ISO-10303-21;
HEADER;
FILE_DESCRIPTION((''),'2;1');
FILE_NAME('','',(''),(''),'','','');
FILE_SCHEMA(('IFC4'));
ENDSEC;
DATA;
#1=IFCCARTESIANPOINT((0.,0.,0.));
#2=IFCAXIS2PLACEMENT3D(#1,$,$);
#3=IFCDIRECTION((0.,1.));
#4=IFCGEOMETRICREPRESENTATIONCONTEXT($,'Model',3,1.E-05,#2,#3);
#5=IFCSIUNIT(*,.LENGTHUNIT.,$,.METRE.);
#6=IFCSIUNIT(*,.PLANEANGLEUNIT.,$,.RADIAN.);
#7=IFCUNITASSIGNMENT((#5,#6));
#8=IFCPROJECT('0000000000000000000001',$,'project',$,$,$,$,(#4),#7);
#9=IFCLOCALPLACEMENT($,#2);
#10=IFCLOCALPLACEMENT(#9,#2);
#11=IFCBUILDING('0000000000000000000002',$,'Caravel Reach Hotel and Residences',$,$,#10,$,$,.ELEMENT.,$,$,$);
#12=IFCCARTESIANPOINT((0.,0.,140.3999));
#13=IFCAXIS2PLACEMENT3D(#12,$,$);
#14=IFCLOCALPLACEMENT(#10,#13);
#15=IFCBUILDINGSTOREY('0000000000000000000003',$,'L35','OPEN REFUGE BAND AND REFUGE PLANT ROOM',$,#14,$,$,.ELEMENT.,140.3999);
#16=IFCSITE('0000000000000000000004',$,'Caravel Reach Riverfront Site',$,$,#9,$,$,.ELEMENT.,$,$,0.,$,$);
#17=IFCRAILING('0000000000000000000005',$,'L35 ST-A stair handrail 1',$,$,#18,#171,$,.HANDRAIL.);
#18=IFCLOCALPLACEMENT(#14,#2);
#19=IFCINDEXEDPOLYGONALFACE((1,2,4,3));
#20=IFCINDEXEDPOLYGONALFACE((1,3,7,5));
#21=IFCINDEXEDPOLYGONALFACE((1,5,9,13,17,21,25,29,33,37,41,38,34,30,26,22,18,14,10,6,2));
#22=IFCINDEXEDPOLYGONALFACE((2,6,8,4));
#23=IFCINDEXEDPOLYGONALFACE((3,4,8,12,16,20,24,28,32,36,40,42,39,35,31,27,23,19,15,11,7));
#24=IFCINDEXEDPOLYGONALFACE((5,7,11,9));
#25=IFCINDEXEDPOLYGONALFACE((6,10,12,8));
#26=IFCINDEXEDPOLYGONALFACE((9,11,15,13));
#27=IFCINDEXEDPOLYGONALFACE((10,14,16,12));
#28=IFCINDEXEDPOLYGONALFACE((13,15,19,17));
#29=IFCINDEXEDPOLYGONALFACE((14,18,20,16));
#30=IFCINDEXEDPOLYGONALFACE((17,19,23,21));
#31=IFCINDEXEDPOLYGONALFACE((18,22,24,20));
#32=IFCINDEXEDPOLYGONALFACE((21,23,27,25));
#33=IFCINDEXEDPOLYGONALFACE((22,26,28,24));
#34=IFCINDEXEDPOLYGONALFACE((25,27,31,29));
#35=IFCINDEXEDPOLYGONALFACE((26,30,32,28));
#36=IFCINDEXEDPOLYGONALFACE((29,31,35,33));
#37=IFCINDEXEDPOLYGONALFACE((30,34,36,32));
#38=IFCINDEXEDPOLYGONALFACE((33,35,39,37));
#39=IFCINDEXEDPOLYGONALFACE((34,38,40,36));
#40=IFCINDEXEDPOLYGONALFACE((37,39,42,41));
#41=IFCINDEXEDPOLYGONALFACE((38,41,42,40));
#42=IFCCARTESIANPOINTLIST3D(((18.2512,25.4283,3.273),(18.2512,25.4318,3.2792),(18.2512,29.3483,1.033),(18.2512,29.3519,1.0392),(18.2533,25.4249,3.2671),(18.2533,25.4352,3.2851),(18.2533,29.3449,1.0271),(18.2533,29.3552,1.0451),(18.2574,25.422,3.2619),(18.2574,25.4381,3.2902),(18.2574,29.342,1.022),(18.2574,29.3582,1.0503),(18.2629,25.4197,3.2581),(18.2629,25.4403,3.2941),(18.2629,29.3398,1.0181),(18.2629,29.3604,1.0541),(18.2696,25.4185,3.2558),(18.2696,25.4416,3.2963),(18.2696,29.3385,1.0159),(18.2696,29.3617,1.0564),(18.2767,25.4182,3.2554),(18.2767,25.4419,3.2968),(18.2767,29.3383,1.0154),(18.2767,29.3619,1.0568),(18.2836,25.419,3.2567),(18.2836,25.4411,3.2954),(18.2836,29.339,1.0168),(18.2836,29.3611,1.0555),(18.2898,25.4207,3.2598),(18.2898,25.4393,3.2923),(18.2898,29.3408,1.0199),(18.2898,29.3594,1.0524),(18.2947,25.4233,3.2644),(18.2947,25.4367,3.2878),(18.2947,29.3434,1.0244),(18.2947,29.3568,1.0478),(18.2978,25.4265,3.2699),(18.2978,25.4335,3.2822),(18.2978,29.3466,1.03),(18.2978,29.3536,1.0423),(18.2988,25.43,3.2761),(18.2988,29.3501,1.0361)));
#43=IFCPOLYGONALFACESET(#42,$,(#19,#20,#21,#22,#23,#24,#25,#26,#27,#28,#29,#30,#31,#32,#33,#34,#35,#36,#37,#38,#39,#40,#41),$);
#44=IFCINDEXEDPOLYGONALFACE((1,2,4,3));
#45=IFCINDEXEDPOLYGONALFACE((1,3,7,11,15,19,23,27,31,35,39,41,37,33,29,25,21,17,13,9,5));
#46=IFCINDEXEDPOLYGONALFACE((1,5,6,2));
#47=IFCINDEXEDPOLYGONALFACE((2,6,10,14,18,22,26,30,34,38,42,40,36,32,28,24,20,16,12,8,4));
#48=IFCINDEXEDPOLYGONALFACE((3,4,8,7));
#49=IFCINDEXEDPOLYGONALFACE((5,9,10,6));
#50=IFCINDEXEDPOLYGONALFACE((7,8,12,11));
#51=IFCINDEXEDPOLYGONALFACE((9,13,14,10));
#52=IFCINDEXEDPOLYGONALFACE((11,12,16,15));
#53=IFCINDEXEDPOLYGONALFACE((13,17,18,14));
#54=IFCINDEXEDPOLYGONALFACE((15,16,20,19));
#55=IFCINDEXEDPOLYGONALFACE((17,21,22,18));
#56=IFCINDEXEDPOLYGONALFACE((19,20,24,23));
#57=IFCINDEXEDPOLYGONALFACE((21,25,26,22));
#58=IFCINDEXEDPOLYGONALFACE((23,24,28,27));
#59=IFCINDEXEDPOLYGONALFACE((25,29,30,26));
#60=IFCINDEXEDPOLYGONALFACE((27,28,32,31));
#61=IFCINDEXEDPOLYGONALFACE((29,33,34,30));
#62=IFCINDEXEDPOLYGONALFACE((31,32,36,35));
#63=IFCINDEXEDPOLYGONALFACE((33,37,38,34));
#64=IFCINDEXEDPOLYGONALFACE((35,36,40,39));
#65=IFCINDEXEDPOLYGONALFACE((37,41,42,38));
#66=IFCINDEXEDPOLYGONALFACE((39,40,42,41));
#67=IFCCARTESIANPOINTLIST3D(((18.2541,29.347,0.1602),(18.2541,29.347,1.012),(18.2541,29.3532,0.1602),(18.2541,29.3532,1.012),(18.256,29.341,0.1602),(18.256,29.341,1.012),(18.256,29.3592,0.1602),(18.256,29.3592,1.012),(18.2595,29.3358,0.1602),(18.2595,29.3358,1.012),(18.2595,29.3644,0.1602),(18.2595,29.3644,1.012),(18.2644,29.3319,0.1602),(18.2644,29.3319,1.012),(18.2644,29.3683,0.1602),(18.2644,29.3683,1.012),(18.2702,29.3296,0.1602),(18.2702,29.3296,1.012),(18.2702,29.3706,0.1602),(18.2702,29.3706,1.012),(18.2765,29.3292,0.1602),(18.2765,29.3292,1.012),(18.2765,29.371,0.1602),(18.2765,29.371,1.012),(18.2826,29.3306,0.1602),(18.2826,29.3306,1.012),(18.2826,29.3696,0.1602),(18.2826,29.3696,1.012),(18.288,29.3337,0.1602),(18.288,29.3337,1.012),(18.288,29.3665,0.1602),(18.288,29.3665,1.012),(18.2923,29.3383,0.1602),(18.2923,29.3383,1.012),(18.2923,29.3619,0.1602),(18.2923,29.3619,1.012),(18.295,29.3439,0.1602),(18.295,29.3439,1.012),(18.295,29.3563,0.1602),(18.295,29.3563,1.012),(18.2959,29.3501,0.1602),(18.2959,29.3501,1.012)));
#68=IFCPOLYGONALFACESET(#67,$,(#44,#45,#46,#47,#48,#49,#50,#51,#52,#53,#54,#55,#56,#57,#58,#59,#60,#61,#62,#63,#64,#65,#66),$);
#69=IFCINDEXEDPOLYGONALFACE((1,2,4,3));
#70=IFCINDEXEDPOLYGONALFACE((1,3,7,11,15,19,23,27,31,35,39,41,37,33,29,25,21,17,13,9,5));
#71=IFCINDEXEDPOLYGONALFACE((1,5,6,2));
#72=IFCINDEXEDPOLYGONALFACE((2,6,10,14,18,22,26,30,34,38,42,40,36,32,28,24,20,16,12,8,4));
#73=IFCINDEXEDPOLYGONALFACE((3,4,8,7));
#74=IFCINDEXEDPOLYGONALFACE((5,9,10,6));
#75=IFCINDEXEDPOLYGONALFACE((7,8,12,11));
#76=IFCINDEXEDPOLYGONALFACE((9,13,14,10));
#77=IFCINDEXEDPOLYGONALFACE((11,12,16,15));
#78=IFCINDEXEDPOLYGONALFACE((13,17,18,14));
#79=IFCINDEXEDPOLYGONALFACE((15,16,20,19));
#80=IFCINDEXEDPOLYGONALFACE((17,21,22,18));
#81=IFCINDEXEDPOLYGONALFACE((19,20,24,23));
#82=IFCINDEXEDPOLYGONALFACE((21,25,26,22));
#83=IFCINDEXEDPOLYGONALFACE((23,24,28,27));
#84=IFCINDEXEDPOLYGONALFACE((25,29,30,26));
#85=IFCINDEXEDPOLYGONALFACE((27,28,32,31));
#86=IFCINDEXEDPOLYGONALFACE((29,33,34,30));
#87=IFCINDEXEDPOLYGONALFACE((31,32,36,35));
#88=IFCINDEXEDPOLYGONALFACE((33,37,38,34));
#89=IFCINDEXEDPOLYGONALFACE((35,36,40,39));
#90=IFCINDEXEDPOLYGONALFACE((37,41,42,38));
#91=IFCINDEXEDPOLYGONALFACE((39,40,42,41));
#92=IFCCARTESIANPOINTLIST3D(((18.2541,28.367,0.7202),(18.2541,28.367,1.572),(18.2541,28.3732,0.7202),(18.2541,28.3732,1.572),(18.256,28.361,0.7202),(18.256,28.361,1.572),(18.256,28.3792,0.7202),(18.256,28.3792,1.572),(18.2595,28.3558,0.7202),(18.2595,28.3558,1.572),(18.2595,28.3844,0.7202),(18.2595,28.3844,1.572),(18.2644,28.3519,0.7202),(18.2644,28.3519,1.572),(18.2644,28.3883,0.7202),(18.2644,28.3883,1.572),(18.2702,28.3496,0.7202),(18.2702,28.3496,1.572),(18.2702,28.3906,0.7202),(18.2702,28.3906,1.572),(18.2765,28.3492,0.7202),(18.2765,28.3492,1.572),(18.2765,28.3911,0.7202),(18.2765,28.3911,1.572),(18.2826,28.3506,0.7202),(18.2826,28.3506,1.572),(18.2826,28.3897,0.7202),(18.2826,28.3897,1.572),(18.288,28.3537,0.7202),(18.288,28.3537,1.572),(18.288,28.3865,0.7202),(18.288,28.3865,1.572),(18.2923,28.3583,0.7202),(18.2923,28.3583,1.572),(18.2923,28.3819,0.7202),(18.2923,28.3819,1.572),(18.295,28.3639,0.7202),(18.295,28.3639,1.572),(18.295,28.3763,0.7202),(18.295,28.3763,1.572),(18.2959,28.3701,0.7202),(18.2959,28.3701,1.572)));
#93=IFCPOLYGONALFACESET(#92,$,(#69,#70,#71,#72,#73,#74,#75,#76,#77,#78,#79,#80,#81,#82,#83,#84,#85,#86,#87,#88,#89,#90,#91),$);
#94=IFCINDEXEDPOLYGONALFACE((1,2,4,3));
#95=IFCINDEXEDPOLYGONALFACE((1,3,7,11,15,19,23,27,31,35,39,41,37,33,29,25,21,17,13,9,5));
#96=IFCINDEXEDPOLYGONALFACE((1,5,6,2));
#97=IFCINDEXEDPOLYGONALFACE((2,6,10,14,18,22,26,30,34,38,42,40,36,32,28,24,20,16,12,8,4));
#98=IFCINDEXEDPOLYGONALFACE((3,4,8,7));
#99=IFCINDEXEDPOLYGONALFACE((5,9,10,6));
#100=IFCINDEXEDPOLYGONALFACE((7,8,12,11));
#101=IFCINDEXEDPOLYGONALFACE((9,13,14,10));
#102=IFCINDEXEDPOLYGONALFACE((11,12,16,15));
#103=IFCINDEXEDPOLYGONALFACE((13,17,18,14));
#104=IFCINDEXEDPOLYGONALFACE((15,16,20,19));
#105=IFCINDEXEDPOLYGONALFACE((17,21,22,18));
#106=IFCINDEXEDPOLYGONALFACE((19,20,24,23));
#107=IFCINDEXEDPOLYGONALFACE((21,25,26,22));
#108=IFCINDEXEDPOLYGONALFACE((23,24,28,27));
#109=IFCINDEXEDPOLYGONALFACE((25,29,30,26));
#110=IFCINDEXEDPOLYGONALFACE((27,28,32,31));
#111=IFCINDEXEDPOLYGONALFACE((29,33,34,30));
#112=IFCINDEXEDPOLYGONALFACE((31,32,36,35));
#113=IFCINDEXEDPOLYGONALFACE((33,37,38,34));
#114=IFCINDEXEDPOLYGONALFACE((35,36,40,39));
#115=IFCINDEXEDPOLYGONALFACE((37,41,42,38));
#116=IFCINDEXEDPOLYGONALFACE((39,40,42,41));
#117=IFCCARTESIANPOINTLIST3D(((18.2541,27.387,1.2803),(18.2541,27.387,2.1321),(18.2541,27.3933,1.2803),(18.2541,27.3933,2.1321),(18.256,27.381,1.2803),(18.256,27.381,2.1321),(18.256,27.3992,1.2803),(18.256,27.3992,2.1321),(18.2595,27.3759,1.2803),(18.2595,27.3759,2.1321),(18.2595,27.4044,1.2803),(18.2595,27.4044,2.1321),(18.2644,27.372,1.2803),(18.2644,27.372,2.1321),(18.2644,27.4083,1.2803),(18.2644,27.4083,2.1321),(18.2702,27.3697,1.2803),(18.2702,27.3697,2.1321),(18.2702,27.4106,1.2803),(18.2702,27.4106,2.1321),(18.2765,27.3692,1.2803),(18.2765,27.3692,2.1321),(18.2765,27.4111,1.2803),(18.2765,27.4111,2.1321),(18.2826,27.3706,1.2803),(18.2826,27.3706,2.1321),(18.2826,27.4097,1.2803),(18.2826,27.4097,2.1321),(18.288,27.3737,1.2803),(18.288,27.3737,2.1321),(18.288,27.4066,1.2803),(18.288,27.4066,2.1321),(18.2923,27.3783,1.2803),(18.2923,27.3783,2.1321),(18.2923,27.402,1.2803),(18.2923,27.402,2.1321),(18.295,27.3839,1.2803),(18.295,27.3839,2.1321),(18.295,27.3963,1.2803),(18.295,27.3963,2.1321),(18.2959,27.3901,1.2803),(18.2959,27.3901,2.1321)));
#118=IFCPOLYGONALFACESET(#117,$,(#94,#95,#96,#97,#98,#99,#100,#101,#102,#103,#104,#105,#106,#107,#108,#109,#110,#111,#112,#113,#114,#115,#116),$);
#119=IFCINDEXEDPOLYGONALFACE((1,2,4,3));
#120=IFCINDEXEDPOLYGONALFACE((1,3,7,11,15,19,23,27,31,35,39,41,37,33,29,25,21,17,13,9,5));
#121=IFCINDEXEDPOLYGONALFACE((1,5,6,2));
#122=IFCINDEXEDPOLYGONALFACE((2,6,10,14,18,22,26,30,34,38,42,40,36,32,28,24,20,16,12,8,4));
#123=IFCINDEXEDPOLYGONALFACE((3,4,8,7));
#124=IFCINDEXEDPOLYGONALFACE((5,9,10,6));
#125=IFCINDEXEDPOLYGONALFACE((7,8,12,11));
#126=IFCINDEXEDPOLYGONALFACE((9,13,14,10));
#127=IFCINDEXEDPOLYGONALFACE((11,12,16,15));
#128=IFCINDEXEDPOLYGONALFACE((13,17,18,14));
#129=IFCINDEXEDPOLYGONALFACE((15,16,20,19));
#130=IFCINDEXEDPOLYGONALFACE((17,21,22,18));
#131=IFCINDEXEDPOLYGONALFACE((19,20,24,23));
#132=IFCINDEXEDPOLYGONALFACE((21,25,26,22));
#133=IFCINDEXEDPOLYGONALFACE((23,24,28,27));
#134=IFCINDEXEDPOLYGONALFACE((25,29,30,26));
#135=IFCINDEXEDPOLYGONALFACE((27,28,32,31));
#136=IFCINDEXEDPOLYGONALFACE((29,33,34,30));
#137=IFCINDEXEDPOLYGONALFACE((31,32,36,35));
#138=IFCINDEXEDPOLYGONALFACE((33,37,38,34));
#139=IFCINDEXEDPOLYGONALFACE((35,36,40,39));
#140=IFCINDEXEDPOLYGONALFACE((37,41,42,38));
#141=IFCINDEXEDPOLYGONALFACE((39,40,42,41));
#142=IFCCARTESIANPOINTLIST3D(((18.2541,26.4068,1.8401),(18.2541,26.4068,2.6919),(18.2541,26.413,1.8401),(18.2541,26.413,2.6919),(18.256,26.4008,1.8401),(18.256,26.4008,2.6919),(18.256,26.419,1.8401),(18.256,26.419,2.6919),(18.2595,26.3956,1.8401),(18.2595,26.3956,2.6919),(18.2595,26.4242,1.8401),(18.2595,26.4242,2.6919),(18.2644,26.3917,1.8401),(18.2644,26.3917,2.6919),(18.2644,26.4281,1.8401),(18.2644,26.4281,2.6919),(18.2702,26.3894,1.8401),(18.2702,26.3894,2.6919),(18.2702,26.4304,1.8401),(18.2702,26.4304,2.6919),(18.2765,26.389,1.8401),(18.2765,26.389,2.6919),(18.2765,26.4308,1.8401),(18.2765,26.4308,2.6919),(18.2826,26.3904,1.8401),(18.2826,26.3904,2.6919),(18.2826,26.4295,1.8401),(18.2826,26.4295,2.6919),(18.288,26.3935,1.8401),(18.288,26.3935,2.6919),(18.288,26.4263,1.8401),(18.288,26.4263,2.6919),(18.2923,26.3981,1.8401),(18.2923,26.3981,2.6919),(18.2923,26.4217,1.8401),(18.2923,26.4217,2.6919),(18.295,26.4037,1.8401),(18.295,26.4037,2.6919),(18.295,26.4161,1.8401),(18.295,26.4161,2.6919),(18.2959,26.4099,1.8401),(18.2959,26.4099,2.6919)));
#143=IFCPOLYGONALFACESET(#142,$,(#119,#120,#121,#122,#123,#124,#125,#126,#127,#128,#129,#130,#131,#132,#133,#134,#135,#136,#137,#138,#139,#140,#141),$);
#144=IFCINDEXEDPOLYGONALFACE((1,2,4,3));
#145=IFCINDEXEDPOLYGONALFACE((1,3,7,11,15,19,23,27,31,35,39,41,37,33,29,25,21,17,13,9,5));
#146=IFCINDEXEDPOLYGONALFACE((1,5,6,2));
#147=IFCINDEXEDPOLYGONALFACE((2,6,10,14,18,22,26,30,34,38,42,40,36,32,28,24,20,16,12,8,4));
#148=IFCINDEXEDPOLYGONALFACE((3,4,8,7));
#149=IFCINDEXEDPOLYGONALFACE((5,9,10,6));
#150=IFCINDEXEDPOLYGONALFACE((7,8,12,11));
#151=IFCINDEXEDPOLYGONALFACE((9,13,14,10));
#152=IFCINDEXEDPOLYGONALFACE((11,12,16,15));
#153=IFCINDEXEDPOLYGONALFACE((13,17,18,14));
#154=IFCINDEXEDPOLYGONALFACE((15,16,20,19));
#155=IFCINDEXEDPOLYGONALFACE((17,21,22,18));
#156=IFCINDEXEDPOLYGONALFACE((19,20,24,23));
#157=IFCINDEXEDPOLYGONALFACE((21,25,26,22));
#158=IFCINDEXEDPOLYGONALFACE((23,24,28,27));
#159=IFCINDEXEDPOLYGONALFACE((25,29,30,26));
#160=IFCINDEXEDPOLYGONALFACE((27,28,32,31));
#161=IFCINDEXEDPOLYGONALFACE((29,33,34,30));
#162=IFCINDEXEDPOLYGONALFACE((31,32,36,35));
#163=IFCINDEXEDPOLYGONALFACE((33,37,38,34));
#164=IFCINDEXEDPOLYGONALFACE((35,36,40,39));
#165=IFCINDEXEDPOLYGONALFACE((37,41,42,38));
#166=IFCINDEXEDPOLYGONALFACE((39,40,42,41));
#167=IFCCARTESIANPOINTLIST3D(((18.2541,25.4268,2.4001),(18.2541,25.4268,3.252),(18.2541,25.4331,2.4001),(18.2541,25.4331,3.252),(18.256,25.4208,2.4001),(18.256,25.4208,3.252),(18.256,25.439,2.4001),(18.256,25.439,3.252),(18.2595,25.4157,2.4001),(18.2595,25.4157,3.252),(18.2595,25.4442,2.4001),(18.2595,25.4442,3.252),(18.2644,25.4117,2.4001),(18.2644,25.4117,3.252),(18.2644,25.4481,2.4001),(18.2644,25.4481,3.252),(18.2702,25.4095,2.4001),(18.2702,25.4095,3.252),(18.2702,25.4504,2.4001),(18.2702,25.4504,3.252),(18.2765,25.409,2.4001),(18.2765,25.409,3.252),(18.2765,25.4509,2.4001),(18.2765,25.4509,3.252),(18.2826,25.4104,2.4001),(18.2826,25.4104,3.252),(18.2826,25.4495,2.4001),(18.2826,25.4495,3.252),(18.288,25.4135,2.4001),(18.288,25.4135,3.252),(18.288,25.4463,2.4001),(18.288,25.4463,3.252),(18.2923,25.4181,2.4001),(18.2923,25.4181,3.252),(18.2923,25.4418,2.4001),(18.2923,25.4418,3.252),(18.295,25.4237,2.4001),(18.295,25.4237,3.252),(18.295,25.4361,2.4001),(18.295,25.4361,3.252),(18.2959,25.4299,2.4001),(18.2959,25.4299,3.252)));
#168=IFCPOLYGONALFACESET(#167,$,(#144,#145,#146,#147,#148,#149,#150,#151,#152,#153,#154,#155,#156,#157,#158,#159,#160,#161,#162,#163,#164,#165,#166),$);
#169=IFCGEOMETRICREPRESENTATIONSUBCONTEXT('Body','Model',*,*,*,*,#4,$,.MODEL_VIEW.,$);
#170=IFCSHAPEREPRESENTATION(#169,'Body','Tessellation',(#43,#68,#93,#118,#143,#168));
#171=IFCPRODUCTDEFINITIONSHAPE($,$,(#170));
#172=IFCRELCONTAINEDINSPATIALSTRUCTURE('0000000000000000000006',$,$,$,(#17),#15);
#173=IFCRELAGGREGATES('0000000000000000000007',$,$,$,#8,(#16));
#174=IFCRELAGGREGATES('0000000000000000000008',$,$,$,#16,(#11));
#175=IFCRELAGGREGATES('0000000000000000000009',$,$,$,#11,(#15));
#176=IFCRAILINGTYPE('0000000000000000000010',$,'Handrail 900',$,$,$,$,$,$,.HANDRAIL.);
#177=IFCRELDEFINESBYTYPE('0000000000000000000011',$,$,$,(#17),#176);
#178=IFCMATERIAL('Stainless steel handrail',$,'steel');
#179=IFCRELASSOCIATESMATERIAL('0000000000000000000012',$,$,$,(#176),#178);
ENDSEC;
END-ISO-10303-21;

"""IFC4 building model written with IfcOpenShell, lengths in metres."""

from ifc_helpers import new_model, si_unit, direction, frame, origin, origin_2d, place, context, subcontext, project, spatial, circle, extrude, material, type_object, element, save


model = new_model("IFC4")

# Units and contexts
model_context = context("Model", 3, precision=1e-05, world=origin(), true_north=direction((0.0, 1.0)))
body_context = subcontext(model_context, "Body", "Model", "MODEL_VIEW")
ifc_project = project(units=[si_unit("LENGTHUNIT", "METRE"), si_unit("PLANEANGLEUNIT", "RADIAN")], contexts=[model_context])

# Site, building, storey
site_placement = place(None, origin())
site = spatial("IfcSite", under=ifc_project, at=site_placement, Name="Caravel Reach Riverfront Site", CompositionType="ELEMENT", RefElevation=0.0)
building_placement = place(site_placement, origin())
building = spatial("IfcBuilding", under=site, at=building_placement, Name="Caravel Reach Hotel and Residences", CompositionType="ELEMENT")
storey_placement = place(building_placement, frame((0.0, 0.0, 140.3999)))
storey = spatial("IfcBuildingStorey", under=building, at=storey_placement, Name="L35", Description="OPEN REFUGE BAND AND REFUGE PLANT ROOM", CompositionType="ELEMENT", Elevation=140.3999)

# Railing
ifc_material_1 = material(Name="Stainless steel handrail", Category="steel")
railing_type_1 = type_object("IfcRailingType", Name="Handrail 900", PredefinedType="HANDRAIL", material=ifc_material_1)
railing_1_placement = place(storey_placement, frame((18.2749, 29.3501, 0.1602)))
element("IfcRailing", 1, at=railing_1_placement, inside=storey, type_object=railing_type_1, Name="L35 ST-A stair handrail 1", PredefinedType="HANDRAIL", context=body_context, shape_type="SweptSolid", body=[
    extrude(circle(Radius=0.0239, at=origin_2d()), frame((0.0, 0.0, 0.876), z_axis=(0.0, -0.868253, 0.496121), x_axis=(1.0, 0.0, 0.0)), (0.0, 0.0, 1.0), 4.5149),
    extrude(circle(Radius=0.021, at=origin_2d()), origin(), (0.0, 0.0, 1.0), 0.8518),
    extrude(circle(Radius=0.021, at=origin_2d()), frame((0.0, -0.98, 0.5601)), (0.0, 0.0, 1.0), 0.8518),
    extrude(circle(Radius=0.021, at=origin_2d()), frame((0.0, -1.96, 1.1201)), (0.0, 0.0, 1.0), 0.8518),
    extrude(circle(Radius=0.021, at=origin_2d()), frame((0.0, -2.9402, 1.6799)), (0.0, 0.0, 1.0), 0.8518),
    extrude(circle(Radius=0.021, at=origin_2d()), frame((0.0, -3.9202, 2.24)), (0.0, 0.0, 1.0), 0.8518),
])

save(model, "model.ifc")
